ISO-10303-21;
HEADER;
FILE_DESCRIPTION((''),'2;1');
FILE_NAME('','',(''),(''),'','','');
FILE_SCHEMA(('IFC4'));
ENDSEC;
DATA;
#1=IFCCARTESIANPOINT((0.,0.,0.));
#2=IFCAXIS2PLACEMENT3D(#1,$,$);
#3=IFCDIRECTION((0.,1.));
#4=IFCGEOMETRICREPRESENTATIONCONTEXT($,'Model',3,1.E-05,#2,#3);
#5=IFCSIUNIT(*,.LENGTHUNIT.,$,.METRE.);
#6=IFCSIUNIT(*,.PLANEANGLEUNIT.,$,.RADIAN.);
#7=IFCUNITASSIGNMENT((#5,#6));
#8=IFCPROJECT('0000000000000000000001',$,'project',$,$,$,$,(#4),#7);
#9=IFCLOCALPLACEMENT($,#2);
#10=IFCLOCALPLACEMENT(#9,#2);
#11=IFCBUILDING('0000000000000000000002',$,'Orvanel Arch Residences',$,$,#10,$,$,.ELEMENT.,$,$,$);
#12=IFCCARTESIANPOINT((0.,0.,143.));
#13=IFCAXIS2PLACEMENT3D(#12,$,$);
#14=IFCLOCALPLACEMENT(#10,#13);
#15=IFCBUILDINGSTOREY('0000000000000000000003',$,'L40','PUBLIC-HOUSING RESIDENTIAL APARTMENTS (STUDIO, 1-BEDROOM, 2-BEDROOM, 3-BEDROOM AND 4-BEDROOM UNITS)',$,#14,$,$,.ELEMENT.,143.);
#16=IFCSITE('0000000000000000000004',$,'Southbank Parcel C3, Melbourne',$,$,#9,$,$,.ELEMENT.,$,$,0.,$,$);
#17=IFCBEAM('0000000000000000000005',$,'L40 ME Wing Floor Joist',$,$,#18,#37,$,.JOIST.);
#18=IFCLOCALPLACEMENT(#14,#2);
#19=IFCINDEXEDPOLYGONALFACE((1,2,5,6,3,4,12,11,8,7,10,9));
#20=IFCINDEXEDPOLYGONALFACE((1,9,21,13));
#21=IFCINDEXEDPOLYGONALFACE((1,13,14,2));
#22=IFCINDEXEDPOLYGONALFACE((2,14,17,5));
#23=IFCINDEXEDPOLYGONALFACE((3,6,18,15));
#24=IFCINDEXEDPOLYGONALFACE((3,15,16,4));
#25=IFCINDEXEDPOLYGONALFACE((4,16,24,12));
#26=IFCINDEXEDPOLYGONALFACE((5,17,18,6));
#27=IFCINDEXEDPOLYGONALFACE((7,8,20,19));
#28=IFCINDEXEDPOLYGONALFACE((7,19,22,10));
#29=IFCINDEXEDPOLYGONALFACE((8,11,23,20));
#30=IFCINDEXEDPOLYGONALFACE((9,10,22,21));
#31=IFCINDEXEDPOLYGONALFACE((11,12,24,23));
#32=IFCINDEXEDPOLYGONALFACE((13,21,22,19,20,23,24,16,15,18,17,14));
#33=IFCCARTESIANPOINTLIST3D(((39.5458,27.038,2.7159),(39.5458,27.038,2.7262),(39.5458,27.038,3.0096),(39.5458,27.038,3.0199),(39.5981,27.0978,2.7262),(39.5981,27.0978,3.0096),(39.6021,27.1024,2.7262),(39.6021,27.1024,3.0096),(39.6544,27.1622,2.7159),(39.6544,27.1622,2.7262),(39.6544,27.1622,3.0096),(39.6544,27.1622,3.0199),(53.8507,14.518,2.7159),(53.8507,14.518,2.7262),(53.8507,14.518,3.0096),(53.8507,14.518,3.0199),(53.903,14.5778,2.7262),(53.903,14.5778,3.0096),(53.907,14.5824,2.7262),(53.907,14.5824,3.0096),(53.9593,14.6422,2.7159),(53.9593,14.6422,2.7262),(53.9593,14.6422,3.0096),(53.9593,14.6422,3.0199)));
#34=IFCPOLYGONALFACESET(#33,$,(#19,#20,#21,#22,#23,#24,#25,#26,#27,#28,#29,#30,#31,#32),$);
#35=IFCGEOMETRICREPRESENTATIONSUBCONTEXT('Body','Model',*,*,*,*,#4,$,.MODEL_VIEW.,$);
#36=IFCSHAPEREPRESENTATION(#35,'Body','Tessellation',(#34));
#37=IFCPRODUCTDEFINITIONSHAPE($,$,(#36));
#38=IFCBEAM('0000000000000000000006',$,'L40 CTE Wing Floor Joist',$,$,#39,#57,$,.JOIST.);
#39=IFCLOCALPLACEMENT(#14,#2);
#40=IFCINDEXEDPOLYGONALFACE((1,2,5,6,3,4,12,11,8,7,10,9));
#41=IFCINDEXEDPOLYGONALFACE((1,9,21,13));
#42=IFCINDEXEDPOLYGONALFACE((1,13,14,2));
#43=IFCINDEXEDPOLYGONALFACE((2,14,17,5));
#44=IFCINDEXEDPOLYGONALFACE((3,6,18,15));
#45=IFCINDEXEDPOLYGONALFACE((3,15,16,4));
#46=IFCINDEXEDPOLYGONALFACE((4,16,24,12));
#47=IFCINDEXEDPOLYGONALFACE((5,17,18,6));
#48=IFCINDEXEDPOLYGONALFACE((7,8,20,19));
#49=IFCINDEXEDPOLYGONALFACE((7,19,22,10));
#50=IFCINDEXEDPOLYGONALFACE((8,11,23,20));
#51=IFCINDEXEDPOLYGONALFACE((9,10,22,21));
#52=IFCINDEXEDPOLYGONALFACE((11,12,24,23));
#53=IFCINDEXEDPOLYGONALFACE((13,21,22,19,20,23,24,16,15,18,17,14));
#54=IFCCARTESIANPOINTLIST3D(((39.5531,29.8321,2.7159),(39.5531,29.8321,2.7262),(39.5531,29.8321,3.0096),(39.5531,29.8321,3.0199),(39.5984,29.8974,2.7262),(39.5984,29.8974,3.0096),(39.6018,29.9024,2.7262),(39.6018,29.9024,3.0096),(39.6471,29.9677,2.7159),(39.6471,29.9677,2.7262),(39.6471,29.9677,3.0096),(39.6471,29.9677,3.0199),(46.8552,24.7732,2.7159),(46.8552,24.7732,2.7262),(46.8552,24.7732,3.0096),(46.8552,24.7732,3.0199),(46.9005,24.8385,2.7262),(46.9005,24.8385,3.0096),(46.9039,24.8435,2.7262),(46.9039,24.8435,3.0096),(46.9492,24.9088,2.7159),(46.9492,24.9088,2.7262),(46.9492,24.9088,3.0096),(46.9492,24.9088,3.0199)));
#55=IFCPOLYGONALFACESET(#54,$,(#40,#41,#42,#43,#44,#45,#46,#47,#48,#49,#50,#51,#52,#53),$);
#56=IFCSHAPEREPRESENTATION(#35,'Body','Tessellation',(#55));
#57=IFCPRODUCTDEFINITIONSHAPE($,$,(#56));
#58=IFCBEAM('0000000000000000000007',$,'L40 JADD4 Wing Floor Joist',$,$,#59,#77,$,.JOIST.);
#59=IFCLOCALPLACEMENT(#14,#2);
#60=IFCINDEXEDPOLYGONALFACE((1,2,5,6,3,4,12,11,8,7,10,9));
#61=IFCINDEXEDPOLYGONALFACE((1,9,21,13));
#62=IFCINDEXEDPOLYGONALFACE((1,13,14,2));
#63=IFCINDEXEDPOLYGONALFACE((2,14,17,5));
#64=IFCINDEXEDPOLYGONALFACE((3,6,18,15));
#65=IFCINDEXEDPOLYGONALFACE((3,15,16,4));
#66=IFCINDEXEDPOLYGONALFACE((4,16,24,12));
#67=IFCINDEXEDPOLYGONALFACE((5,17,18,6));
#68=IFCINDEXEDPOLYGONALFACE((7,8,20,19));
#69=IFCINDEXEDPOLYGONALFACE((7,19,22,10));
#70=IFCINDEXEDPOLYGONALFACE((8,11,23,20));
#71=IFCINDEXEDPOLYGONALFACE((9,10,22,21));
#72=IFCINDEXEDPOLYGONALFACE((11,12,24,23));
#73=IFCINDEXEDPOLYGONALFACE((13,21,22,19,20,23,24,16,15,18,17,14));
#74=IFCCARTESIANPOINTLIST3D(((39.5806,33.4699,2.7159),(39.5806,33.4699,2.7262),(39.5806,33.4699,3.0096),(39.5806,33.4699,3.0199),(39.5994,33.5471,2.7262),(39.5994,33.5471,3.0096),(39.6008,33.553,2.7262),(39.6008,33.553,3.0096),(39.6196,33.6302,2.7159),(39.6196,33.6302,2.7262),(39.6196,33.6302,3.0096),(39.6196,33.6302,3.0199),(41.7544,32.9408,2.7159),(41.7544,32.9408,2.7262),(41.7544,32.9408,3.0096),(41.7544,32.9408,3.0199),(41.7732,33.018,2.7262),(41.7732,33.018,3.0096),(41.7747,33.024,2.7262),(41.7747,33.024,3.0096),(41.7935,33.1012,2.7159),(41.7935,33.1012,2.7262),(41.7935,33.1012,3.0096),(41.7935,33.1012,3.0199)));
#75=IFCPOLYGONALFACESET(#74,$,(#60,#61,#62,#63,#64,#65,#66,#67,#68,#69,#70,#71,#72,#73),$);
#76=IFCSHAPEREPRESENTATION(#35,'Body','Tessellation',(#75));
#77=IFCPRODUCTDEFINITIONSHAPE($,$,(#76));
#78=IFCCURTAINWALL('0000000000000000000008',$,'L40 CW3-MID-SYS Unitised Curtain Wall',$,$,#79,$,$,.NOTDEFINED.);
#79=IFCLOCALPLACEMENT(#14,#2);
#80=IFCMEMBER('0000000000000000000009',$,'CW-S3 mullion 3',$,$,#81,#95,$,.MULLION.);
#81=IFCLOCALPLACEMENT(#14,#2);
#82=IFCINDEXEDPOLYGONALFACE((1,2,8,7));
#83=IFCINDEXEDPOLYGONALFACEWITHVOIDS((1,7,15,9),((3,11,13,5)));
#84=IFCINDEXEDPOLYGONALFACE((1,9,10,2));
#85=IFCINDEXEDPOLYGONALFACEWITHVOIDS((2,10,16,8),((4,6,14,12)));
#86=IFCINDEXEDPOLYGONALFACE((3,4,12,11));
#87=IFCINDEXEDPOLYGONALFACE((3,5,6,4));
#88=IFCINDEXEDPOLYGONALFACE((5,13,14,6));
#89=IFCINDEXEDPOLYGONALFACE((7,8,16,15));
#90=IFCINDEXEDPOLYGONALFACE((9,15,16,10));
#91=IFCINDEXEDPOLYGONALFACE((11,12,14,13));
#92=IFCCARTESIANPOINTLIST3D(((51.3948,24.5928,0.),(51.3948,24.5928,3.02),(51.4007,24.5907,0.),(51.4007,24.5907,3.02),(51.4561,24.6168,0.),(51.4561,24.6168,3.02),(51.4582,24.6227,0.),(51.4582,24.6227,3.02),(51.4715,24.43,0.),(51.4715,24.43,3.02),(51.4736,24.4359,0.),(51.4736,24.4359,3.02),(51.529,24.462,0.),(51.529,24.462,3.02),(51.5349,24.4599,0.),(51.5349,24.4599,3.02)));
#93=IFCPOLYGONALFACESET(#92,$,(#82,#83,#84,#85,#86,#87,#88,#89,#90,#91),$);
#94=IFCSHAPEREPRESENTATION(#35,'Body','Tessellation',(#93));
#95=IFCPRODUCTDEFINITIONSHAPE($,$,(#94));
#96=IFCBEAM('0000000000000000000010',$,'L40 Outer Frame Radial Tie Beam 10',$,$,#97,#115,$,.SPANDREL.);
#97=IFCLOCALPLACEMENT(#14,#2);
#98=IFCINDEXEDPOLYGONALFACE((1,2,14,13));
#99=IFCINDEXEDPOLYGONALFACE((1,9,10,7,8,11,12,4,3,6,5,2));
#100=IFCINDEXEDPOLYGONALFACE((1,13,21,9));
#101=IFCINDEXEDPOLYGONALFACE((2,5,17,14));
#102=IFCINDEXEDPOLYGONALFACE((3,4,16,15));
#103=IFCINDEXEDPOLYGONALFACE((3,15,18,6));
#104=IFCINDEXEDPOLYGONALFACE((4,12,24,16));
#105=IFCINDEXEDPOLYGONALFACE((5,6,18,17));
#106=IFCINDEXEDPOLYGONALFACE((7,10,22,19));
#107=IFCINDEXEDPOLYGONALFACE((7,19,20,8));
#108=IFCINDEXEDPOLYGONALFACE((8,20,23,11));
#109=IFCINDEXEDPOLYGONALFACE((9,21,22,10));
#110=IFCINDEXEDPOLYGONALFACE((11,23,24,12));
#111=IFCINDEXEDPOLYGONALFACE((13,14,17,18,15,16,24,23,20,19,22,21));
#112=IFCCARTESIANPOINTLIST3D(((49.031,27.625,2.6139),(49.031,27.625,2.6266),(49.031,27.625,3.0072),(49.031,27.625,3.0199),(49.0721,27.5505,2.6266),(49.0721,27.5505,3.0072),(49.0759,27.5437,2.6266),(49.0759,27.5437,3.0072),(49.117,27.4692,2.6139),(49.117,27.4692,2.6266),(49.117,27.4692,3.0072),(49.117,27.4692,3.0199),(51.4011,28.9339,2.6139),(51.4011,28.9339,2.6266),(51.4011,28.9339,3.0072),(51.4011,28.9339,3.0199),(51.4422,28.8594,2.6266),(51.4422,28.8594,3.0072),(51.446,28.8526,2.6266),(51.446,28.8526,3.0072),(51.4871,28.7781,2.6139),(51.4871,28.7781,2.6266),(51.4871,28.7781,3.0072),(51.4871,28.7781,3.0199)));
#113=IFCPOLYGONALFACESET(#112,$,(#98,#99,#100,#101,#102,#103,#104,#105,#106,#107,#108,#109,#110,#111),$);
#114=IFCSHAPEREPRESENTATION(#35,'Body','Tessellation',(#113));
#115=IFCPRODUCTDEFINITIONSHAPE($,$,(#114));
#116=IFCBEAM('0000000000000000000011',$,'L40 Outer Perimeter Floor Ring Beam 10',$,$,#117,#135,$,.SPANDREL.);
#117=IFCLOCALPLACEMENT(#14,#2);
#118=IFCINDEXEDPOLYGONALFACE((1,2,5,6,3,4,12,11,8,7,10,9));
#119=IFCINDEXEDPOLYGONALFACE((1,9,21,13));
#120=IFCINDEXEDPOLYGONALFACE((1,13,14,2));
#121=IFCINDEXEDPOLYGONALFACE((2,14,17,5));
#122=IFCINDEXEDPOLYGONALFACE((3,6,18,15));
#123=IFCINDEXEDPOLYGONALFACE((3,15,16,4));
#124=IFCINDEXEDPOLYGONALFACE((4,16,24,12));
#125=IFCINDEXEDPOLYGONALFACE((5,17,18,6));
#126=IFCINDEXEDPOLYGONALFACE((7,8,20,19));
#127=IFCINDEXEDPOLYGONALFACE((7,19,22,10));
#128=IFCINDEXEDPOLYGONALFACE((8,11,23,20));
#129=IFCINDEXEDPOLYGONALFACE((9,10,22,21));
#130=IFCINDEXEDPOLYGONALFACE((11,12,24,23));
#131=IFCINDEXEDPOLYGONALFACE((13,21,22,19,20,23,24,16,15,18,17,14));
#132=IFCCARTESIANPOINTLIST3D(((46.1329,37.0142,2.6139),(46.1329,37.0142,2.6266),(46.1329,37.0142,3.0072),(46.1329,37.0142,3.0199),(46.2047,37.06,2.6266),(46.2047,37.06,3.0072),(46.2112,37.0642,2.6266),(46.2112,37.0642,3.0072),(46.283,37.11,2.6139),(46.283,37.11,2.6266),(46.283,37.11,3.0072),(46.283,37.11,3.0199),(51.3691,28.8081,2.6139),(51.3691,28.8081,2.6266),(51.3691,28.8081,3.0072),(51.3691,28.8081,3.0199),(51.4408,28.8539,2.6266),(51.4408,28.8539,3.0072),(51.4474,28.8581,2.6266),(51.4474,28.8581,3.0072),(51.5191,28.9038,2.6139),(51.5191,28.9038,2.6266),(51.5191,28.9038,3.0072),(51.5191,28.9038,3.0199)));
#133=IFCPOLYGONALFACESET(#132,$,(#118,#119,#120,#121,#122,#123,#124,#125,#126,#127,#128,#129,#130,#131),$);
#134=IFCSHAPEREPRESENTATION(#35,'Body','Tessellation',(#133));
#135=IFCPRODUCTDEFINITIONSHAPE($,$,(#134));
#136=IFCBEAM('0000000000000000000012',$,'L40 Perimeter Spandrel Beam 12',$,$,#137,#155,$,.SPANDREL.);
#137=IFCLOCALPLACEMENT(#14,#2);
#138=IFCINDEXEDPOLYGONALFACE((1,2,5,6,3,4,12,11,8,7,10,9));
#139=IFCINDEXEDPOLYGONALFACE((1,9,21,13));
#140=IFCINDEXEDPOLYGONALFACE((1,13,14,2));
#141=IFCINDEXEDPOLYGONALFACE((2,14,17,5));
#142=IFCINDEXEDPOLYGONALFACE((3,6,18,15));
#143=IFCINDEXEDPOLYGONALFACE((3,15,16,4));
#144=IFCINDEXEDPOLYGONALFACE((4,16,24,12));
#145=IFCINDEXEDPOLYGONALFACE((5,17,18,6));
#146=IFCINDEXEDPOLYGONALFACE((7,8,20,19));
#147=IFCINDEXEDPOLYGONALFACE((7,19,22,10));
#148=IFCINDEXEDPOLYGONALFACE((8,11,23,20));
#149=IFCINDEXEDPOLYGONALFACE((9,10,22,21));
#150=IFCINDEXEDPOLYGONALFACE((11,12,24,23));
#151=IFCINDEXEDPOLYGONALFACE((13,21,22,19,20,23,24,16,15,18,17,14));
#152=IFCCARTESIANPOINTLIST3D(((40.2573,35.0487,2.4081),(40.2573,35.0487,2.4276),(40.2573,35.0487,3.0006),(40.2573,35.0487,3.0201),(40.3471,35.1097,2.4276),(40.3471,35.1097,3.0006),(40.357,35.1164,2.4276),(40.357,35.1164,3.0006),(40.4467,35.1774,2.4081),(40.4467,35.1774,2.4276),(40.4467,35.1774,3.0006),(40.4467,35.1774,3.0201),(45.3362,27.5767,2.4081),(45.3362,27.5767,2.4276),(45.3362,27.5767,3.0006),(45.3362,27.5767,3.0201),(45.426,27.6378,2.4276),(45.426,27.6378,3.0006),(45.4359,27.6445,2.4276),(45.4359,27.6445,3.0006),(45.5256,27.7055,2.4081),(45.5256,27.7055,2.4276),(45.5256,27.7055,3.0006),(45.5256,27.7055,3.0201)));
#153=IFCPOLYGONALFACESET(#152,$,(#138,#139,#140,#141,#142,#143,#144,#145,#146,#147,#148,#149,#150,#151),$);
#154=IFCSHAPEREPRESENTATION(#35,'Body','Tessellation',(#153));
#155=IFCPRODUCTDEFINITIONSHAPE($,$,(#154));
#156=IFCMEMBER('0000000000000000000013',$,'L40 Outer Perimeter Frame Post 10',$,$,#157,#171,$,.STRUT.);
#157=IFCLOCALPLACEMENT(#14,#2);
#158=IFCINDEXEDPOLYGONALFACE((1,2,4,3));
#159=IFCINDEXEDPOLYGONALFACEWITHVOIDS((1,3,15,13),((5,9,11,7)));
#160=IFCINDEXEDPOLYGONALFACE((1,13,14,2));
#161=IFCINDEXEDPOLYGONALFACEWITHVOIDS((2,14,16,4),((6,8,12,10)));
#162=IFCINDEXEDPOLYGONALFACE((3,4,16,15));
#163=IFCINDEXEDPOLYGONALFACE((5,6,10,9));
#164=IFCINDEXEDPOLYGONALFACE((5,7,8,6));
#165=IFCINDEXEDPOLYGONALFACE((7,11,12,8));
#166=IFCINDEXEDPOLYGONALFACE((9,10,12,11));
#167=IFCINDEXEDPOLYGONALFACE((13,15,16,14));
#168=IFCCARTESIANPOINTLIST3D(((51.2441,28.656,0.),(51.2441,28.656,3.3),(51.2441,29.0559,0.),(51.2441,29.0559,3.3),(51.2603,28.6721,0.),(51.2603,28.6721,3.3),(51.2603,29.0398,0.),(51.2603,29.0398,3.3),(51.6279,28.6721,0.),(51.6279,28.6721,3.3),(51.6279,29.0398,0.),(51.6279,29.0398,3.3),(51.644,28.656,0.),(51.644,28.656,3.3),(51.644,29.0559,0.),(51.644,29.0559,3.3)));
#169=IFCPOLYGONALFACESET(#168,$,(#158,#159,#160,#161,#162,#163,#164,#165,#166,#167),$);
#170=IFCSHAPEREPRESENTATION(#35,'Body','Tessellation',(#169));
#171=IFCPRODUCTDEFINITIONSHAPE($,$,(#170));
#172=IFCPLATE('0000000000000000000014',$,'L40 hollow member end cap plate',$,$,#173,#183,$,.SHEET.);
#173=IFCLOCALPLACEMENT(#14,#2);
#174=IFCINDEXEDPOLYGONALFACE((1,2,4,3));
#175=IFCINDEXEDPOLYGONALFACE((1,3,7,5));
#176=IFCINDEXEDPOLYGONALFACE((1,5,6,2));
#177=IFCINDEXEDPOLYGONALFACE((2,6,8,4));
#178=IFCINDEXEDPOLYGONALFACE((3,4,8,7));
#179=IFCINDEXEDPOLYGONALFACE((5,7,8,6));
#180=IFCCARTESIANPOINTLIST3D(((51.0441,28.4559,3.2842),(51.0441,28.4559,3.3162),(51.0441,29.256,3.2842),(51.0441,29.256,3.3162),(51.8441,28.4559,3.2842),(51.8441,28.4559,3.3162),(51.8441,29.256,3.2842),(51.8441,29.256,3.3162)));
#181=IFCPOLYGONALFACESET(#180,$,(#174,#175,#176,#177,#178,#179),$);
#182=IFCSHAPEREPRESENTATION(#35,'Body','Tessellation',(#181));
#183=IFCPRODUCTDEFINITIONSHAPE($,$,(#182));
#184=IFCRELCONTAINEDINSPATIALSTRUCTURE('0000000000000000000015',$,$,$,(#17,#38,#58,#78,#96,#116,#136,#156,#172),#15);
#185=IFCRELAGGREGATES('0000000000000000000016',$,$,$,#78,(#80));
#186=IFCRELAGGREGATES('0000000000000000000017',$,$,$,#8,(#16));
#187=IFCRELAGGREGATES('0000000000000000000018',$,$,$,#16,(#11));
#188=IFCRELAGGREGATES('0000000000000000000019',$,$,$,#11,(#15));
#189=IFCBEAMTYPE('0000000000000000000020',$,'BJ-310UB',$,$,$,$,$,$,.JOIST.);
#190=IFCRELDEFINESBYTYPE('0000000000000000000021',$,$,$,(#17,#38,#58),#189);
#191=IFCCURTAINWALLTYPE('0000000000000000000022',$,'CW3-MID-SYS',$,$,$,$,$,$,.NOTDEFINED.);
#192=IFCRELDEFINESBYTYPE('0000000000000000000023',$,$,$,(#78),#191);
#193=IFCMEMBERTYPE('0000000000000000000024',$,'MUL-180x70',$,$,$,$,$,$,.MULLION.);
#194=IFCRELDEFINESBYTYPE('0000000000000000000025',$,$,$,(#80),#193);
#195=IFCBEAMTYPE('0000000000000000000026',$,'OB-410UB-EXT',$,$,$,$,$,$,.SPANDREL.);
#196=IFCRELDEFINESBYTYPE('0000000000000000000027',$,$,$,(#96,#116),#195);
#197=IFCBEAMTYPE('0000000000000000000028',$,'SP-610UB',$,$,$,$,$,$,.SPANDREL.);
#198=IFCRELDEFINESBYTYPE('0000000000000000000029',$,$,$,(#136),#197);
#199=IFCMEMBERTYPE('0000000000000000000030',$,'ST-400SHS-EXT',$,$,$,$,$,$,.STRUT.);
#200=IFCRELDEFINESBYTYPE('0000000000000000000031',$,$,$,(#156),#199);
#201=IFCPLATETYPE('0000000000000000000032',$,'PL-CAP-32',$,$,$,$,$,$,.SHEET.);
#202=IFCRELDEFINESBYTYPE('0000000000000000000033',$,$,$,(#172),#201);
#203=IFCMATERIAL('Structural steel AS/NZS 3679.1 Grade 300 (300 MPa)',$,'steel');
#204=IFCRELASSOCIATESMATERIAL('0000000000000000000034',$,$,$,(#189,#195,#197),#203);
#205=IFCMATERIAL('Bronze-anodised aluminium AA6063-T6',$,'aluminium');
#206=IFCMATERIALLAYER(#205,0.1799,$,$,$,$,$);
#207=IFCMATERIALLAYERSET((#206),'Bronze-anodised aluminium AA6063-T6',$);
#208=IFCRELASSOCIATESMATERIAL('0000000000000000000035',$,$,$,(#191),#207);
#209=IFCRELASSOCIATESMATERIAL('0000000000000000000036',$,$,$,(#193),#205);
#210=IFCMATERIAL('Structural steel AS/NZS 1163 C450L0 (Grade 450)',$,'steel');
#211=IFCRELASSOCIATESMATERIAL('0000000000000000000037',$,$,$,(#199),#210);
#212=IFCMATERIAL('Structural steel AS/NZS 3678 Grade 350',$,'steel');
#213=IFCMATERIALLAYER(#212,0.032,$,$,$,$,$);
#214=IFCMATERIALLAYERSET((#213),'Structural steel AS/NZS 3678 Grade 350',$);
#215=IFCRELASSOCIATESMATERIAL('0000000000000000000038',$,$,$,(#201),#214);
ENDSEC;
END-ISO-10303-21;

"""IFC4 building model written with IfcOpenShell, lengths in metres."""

from ifc_helpers import new_model, si_unit, direction, frame, origin, origin_2d, place, context, subcontext, project, spatial, rectangle, hollow_rectangle, i_section, extrude, material, layer, layer_set, material_profile, profile_set, type_object, element, aggregate, save


model = new_model("IFC4")

# Units and contexts
model_context = context("Model", 3, precision=1e-05, world=origin(), true_north=direction((0.0, 1.0)))
body_context = subcontext(model_context, "Body", "Model", "MODEL_VIEW")
ifc_project = project(units=[si_unit("LENGTHUNIT", "METRE"), si_unit("PLANEANGLEUNIT", "RADIAN")], contexts=[model_context])

# Site, building, storey
site_placement = place(None, origin())
site = spatial("IfcSite", under=ifc_project, at=site_placement, Name="Southbank Parcel C3, Melbourne", CompositionType="ELEMENT", RefElevation=0.0)
building_placement = place(site_placement, origin())
building = spatial("IfcBuilding", under=site, at=building_placement, Name="Orvanel Arch Residences", CompositionType="ELEMENT")
storey_placement = place(building_placement, frame((0.0, 0.0, 143.0)))
storey = spatial("IfcBuildingStorey", under=building, at=storey_placement, Name="L40", Description="PUBLIC-HOUSING RESIDENTIAL APARTMENTS (STUDIO, 1-BEDROOM, 2-BEDROOM, 3-BEDROOM AND 4-BEDROOM UNITS)", CompositionType="ELEMENT", Elevation=143.0)

# Shared definitions
ifc_material_1 = material(Name="Structural steel AS/NZS 1163 C450L0 (Grade 450)", Category="steel")

# Beams
ifc_material_2 = material(Name="Structural steel AS/NZS 3679.1 Grade 300 (300 MPa)", Category="steel")
ifc_material_profile_1 = material_profile(ifc_material_2, i_section(OverallWidth=0.165, OverallDepth=0.304, WebThickness=0.0061, FlangeThickness=0.0103, at=origin_2d()), Name="310UB40.4")
ifc_profile_set_1 = profile_set([ifc_material_profile_1], Name="Structural steel AS/NZS 3679.1 Grade 300 (300 MPa)")
beam_type_1 = type_object("IfcBeamType", Name="BJ-310UB", PredefinedType="JOIST", material=ifc_profile_set_1)
beam_1_placement = place(storey_placement, frame((39.6001, 27.1001, 2.8679), z_axis=(0.752493, -0.6586, 0.0), x_axis=(0.6586, 0.752493, 0.0)))
element("IfcBeam", 1, at=beam_1_placement, inside=storey, type_object=beam_type_1, Name="L40 ME Wing Floor Joist", PredefinedType="JOIST", context=body_context, shape_type="SweptSolid", body=[
    extrude(i_section(OverallWidth=0.165, OverallDepth=0.304, WebThickness=0.0061, FlangeThickness=0.0103, at=origin_2d()), origin(), (0.0, 0.0, 1.0), 19.01),
])
beam_2_placement = place(storey_placement, frame((39.6001, 29.8999, 2.8679), z_axis=(0.822002, -0.569484, 0.0), x_axis=(0.569484, 0.822002, 0.0)))
element("IfcBeam", 2, at=beam_2_placement, inside=storey, type_object=beam_type_1, Name="L40 CTE Wing Floor Joist", PredefinedType="JOIST", context=body_context, shape_type="SweptSolid", body=[
    extrude(i_section(OverallWidth=0.165, OverallDepth=0.304, WebThickness=0.0061, FlangeThickness=0.0103, at=origin_2d()), origin(), (0.0, 0.0, 1.0), 8.8833),
])
beam_3_placement = place(storey_placement, frame((39.6001, 33.55, 2.8679), z_axis=(0.971638, -0.236471, 0.0), x_axis=(0.236471, 0.971638, 0.0)))
element("IfcBeam", 3, at=beam_3_placement, inside=storey, type_object=beam_type_1, Name="L40 JADD4 Wing Floor Joist", PredefinedType="JOIST", context=body_context, shape_type="SweptSolid", body=[
    extrude(i_section(OverallWidth=0.165, OverallDepth=0.304, WebThickness=0.0061, FlangeThickness=0.0103, at=origin_2d()), origin(), (0.0, 0.0, 1.0), 2.2373),
])

# Curtain wall, member
ifc_material_3 = material(Name="Bronze-anodised aluminium AA6063-T6", Category="aluminium")
ifc_layer_1 = layer(ifc_material_3, 0.1799)
ifc_layer_set_1 = layer_set([ifc_layer_1], Name="Bronze-anodised aluminium AA6063-T6")
curtain_wall_type = type_object("IfcCurtainWallType", Name="CW3-MID-SYS", PredefinedType="NOTDEFINED", material=ifc_layer_set_1)
curtain_wall_placement = place(storey_placement, origin())
curtain_wall = element("IfcCurtainWall", 4, at=curtain_wall_placement, inside=storey, type_object=curtain_wall_type, Name="L40 CW3-MID-SYS Unitised Curtain Wall", PredefinedType="NOTDEFINED")
ifc_material_profile_2 = material_profile(ifc_material_3, hollow_rectangle(XDim=0.0701, YDim=0.1799, WallThickness=0.0044, at=origin_2d()), Name="ALU180x70x4.5")
ifc_profile_set_2 = profile_set([ifc_material_profile_2], Name="Bronze-anodised aluminium AA6063-T6")
member_type_1 = type_object("IfcMemberType", Name="MUL-180x70", PredefinedType="MULLION", material=ifc_profile_set_2)
member_1_placement = place(storey_placement, frame((51.4648, 24.5264, 0.0), z_axis=(0.0, 0.0, 1.0), x_axis=(-0.904718, -0.42601, 0.0)))
member_1 = element("IfcMember", 5, at=member_1_placement, type_object=member_type_1, Name="CW-S3 mullion 3", PredefinedType="MULLION", context=body_context, shape_type="SweptSolid", body=[
    extrude(hollow_rectangle(XDim=0.0701, YDim=0.1799, WallThickness=0.0044, at=origin_2d()), origin(), (0.0, 0.0, 1.0), 3.02),
])
aggregate(curtain_wall, [member_1])

# Beams
ifc_material_profile_3 = material_profile(ifc_material_2, i_section(OverallWidth=0.178, OverallDepth=0.406, WebThickness=0.0078, FlangeThickness=0.0127, at=origin_2d()), Name="410UB59.7")
ifc_profile_set_3 = profile_set([ifc_material_profile_3], Name="Structural steel AS/NZS 3679.1 Grade 300 (300 MPa)")
beam_type_2 = type_object("IfcBeamType", Name="OB-410UB-EXT", PredefinedType="SPANDREL", material=ifc_profile_set_3)
beam_4_placement = place(storey_placement, frame((49.074, 27.5471, 2.8169), z_axis=(0.875392, 0.483413, 0.0), x_axis=(-0.483413, 0.875392, 0.0)))
element("IfcBeam", 6, at=beam_4_placement, inside=storey, type_object=beam_type_2, Name="L40 Outer Frame Radial Tie Beam 10", PredefinedType="SPANDREL", context=body_context, shape_type="SweptSolid", body=[
    extrude(i_section(OverallWidth=0.178, OverallDepth=0.406, WebThickness=0.0078, FlangeThickness=0.0127, at=origin_2d()), origin(), (0.0, 0.0, 1.0), 2.7075),
])
beam_5_placement = place(storey_placement, frame((51.4441, 28.856, 2.8169), z_axis=(-0.537902, 0.843007, 0.0), x_axis=(-0.843007, -0.537902, 0.0)))
element("IfcBeam", 7, at=beam_5_placement, inside=storey, type_object=beam_type_2, Name="L40 Outer Perimeter Floor Ring Beam 10", PredefinedType="SPANDREL", context=body_context, shape_type="SweptSolid", body=[
    extrude(i_section(OverallWidth=0.178, OverallDepth=0.406, WebThickness=0.0078, FlangeThickness=0.0127, at=origin_2d()), origin(), (0.0, 0.0, 1.0), 9.7344),
])
ifc_material_profile_4 = material_profile(ifc_material_2, i_section(OverallWidth=0.229, OverallDepth=0.6121, WebThickness=0.012, FlangeThickness=0.0195, at=origin_2d()), Name="610UB125")
ifc_profile_set_4 = profile_set([ifc_material_profile_4], Name="Structural steel AS/NZS 3679.1 Grade 300 (300 MPa)")
beam_type_3 = type_object("IfcBeamType", Name="SP-610UB", PredefinedType="SPANDREL", material=ifc_profile_set_4)
beam_6_placement = place(storey_placement, frame((45.4309, 27.6411, 2.7141), z_axis=(-0.562155, 0.827032, 0.0), x_axis=(-0.827032, -0.562155, 0.0)))
element("IfcBeam", 8, at=beam_6_placement, inside=storey, type_object=beam_type_3, Name="L40 Perimeter Spandrel Beam 12", PredefinedType="SPANDREL", context=body_context, shape_type="SweptSolid", body=[
    extrude(i_section(OverallWidth=0.229, OverallDepth=0.6121, WebThickness=0.012, FlangeThickness=0.0195, at=origin_2d()), origin(), (0.0, 0.0, 1.0), 9.0347),
])

# Member
ifc_material_profile_5 = material_profile(ifc_material_1, hollow_rectangle(XDim=0.3999, YDim=0.3999, WallThickness=0.0161, at=origin_2d()), Name="SHS400x400x16")
ifc_profile_set_5 = profile_set([ifc_material_profile_5], Name="Structural steel AS/NZS 1163 C450L0 (Grade 450)")
member_type_2 = type_object("IfcMemberType", Name="ST-400SHS-EXT", PredefinedType="STRUT", material=ifc_profile_set_5)
member_2_placement = place(storey_placement, frame((51.4441, 28.856, 0.0), z_axis=(0.0, 0.0, 1.0), x_axis=(1.0, 0.0, 0.0)))
element("IfcMember", 9, at=member_2_placement, inside=storey, type_object=member_type_2, Name="L40 Outer Perimeter Frame Post 10", PredefinedType="STRUT", context=body_context, shape_type="SweptSolid", body=[
    extrude(hollow_rectangle(XDim=0.3999, YDim=0.3999, WallThickness=0.0161, at=origin_2d()), origin(), (0.0, 0.0, 1.0), 3.3),
])

# Plate
ifc_material_4 = material(Name="Structural steel AS/NZS 3678 Grade 350", Category="steel")
ifc_layer_2 = layer(ifc_material_4, 0.032)
ifc_layer_set_2 = layer_set([ifc_layer_2], Name="Structural steel AS/NZS 3678 Grade 350")
plate_type = type_object("IfcPlateType", Name="PL-CAP-32", PredefinedType="SHEET", material=ifc_layer_set_2)
plate_placement = place(storey_placement, frame((51.4441, 28.856, 3.2842), z_axis=(0.0, 0.0, 1.0), x_axis=(1.0, 0.0, 0.0)))
element("IfcPlate", 10, at=plate_placement, inside=storey, type_object=plate_type, Name="L40 hollow member end cap plate", PredefinedType="SHEET", context=body_context, shape_type="SweptSolid", body=[
    extrude(rectangle(XDim=0.8, YDim=0.8, at=origin_2d()), origin(), (0.0, 0.0, 1.0), 0.032),
])

save(model, "model.ifc")
